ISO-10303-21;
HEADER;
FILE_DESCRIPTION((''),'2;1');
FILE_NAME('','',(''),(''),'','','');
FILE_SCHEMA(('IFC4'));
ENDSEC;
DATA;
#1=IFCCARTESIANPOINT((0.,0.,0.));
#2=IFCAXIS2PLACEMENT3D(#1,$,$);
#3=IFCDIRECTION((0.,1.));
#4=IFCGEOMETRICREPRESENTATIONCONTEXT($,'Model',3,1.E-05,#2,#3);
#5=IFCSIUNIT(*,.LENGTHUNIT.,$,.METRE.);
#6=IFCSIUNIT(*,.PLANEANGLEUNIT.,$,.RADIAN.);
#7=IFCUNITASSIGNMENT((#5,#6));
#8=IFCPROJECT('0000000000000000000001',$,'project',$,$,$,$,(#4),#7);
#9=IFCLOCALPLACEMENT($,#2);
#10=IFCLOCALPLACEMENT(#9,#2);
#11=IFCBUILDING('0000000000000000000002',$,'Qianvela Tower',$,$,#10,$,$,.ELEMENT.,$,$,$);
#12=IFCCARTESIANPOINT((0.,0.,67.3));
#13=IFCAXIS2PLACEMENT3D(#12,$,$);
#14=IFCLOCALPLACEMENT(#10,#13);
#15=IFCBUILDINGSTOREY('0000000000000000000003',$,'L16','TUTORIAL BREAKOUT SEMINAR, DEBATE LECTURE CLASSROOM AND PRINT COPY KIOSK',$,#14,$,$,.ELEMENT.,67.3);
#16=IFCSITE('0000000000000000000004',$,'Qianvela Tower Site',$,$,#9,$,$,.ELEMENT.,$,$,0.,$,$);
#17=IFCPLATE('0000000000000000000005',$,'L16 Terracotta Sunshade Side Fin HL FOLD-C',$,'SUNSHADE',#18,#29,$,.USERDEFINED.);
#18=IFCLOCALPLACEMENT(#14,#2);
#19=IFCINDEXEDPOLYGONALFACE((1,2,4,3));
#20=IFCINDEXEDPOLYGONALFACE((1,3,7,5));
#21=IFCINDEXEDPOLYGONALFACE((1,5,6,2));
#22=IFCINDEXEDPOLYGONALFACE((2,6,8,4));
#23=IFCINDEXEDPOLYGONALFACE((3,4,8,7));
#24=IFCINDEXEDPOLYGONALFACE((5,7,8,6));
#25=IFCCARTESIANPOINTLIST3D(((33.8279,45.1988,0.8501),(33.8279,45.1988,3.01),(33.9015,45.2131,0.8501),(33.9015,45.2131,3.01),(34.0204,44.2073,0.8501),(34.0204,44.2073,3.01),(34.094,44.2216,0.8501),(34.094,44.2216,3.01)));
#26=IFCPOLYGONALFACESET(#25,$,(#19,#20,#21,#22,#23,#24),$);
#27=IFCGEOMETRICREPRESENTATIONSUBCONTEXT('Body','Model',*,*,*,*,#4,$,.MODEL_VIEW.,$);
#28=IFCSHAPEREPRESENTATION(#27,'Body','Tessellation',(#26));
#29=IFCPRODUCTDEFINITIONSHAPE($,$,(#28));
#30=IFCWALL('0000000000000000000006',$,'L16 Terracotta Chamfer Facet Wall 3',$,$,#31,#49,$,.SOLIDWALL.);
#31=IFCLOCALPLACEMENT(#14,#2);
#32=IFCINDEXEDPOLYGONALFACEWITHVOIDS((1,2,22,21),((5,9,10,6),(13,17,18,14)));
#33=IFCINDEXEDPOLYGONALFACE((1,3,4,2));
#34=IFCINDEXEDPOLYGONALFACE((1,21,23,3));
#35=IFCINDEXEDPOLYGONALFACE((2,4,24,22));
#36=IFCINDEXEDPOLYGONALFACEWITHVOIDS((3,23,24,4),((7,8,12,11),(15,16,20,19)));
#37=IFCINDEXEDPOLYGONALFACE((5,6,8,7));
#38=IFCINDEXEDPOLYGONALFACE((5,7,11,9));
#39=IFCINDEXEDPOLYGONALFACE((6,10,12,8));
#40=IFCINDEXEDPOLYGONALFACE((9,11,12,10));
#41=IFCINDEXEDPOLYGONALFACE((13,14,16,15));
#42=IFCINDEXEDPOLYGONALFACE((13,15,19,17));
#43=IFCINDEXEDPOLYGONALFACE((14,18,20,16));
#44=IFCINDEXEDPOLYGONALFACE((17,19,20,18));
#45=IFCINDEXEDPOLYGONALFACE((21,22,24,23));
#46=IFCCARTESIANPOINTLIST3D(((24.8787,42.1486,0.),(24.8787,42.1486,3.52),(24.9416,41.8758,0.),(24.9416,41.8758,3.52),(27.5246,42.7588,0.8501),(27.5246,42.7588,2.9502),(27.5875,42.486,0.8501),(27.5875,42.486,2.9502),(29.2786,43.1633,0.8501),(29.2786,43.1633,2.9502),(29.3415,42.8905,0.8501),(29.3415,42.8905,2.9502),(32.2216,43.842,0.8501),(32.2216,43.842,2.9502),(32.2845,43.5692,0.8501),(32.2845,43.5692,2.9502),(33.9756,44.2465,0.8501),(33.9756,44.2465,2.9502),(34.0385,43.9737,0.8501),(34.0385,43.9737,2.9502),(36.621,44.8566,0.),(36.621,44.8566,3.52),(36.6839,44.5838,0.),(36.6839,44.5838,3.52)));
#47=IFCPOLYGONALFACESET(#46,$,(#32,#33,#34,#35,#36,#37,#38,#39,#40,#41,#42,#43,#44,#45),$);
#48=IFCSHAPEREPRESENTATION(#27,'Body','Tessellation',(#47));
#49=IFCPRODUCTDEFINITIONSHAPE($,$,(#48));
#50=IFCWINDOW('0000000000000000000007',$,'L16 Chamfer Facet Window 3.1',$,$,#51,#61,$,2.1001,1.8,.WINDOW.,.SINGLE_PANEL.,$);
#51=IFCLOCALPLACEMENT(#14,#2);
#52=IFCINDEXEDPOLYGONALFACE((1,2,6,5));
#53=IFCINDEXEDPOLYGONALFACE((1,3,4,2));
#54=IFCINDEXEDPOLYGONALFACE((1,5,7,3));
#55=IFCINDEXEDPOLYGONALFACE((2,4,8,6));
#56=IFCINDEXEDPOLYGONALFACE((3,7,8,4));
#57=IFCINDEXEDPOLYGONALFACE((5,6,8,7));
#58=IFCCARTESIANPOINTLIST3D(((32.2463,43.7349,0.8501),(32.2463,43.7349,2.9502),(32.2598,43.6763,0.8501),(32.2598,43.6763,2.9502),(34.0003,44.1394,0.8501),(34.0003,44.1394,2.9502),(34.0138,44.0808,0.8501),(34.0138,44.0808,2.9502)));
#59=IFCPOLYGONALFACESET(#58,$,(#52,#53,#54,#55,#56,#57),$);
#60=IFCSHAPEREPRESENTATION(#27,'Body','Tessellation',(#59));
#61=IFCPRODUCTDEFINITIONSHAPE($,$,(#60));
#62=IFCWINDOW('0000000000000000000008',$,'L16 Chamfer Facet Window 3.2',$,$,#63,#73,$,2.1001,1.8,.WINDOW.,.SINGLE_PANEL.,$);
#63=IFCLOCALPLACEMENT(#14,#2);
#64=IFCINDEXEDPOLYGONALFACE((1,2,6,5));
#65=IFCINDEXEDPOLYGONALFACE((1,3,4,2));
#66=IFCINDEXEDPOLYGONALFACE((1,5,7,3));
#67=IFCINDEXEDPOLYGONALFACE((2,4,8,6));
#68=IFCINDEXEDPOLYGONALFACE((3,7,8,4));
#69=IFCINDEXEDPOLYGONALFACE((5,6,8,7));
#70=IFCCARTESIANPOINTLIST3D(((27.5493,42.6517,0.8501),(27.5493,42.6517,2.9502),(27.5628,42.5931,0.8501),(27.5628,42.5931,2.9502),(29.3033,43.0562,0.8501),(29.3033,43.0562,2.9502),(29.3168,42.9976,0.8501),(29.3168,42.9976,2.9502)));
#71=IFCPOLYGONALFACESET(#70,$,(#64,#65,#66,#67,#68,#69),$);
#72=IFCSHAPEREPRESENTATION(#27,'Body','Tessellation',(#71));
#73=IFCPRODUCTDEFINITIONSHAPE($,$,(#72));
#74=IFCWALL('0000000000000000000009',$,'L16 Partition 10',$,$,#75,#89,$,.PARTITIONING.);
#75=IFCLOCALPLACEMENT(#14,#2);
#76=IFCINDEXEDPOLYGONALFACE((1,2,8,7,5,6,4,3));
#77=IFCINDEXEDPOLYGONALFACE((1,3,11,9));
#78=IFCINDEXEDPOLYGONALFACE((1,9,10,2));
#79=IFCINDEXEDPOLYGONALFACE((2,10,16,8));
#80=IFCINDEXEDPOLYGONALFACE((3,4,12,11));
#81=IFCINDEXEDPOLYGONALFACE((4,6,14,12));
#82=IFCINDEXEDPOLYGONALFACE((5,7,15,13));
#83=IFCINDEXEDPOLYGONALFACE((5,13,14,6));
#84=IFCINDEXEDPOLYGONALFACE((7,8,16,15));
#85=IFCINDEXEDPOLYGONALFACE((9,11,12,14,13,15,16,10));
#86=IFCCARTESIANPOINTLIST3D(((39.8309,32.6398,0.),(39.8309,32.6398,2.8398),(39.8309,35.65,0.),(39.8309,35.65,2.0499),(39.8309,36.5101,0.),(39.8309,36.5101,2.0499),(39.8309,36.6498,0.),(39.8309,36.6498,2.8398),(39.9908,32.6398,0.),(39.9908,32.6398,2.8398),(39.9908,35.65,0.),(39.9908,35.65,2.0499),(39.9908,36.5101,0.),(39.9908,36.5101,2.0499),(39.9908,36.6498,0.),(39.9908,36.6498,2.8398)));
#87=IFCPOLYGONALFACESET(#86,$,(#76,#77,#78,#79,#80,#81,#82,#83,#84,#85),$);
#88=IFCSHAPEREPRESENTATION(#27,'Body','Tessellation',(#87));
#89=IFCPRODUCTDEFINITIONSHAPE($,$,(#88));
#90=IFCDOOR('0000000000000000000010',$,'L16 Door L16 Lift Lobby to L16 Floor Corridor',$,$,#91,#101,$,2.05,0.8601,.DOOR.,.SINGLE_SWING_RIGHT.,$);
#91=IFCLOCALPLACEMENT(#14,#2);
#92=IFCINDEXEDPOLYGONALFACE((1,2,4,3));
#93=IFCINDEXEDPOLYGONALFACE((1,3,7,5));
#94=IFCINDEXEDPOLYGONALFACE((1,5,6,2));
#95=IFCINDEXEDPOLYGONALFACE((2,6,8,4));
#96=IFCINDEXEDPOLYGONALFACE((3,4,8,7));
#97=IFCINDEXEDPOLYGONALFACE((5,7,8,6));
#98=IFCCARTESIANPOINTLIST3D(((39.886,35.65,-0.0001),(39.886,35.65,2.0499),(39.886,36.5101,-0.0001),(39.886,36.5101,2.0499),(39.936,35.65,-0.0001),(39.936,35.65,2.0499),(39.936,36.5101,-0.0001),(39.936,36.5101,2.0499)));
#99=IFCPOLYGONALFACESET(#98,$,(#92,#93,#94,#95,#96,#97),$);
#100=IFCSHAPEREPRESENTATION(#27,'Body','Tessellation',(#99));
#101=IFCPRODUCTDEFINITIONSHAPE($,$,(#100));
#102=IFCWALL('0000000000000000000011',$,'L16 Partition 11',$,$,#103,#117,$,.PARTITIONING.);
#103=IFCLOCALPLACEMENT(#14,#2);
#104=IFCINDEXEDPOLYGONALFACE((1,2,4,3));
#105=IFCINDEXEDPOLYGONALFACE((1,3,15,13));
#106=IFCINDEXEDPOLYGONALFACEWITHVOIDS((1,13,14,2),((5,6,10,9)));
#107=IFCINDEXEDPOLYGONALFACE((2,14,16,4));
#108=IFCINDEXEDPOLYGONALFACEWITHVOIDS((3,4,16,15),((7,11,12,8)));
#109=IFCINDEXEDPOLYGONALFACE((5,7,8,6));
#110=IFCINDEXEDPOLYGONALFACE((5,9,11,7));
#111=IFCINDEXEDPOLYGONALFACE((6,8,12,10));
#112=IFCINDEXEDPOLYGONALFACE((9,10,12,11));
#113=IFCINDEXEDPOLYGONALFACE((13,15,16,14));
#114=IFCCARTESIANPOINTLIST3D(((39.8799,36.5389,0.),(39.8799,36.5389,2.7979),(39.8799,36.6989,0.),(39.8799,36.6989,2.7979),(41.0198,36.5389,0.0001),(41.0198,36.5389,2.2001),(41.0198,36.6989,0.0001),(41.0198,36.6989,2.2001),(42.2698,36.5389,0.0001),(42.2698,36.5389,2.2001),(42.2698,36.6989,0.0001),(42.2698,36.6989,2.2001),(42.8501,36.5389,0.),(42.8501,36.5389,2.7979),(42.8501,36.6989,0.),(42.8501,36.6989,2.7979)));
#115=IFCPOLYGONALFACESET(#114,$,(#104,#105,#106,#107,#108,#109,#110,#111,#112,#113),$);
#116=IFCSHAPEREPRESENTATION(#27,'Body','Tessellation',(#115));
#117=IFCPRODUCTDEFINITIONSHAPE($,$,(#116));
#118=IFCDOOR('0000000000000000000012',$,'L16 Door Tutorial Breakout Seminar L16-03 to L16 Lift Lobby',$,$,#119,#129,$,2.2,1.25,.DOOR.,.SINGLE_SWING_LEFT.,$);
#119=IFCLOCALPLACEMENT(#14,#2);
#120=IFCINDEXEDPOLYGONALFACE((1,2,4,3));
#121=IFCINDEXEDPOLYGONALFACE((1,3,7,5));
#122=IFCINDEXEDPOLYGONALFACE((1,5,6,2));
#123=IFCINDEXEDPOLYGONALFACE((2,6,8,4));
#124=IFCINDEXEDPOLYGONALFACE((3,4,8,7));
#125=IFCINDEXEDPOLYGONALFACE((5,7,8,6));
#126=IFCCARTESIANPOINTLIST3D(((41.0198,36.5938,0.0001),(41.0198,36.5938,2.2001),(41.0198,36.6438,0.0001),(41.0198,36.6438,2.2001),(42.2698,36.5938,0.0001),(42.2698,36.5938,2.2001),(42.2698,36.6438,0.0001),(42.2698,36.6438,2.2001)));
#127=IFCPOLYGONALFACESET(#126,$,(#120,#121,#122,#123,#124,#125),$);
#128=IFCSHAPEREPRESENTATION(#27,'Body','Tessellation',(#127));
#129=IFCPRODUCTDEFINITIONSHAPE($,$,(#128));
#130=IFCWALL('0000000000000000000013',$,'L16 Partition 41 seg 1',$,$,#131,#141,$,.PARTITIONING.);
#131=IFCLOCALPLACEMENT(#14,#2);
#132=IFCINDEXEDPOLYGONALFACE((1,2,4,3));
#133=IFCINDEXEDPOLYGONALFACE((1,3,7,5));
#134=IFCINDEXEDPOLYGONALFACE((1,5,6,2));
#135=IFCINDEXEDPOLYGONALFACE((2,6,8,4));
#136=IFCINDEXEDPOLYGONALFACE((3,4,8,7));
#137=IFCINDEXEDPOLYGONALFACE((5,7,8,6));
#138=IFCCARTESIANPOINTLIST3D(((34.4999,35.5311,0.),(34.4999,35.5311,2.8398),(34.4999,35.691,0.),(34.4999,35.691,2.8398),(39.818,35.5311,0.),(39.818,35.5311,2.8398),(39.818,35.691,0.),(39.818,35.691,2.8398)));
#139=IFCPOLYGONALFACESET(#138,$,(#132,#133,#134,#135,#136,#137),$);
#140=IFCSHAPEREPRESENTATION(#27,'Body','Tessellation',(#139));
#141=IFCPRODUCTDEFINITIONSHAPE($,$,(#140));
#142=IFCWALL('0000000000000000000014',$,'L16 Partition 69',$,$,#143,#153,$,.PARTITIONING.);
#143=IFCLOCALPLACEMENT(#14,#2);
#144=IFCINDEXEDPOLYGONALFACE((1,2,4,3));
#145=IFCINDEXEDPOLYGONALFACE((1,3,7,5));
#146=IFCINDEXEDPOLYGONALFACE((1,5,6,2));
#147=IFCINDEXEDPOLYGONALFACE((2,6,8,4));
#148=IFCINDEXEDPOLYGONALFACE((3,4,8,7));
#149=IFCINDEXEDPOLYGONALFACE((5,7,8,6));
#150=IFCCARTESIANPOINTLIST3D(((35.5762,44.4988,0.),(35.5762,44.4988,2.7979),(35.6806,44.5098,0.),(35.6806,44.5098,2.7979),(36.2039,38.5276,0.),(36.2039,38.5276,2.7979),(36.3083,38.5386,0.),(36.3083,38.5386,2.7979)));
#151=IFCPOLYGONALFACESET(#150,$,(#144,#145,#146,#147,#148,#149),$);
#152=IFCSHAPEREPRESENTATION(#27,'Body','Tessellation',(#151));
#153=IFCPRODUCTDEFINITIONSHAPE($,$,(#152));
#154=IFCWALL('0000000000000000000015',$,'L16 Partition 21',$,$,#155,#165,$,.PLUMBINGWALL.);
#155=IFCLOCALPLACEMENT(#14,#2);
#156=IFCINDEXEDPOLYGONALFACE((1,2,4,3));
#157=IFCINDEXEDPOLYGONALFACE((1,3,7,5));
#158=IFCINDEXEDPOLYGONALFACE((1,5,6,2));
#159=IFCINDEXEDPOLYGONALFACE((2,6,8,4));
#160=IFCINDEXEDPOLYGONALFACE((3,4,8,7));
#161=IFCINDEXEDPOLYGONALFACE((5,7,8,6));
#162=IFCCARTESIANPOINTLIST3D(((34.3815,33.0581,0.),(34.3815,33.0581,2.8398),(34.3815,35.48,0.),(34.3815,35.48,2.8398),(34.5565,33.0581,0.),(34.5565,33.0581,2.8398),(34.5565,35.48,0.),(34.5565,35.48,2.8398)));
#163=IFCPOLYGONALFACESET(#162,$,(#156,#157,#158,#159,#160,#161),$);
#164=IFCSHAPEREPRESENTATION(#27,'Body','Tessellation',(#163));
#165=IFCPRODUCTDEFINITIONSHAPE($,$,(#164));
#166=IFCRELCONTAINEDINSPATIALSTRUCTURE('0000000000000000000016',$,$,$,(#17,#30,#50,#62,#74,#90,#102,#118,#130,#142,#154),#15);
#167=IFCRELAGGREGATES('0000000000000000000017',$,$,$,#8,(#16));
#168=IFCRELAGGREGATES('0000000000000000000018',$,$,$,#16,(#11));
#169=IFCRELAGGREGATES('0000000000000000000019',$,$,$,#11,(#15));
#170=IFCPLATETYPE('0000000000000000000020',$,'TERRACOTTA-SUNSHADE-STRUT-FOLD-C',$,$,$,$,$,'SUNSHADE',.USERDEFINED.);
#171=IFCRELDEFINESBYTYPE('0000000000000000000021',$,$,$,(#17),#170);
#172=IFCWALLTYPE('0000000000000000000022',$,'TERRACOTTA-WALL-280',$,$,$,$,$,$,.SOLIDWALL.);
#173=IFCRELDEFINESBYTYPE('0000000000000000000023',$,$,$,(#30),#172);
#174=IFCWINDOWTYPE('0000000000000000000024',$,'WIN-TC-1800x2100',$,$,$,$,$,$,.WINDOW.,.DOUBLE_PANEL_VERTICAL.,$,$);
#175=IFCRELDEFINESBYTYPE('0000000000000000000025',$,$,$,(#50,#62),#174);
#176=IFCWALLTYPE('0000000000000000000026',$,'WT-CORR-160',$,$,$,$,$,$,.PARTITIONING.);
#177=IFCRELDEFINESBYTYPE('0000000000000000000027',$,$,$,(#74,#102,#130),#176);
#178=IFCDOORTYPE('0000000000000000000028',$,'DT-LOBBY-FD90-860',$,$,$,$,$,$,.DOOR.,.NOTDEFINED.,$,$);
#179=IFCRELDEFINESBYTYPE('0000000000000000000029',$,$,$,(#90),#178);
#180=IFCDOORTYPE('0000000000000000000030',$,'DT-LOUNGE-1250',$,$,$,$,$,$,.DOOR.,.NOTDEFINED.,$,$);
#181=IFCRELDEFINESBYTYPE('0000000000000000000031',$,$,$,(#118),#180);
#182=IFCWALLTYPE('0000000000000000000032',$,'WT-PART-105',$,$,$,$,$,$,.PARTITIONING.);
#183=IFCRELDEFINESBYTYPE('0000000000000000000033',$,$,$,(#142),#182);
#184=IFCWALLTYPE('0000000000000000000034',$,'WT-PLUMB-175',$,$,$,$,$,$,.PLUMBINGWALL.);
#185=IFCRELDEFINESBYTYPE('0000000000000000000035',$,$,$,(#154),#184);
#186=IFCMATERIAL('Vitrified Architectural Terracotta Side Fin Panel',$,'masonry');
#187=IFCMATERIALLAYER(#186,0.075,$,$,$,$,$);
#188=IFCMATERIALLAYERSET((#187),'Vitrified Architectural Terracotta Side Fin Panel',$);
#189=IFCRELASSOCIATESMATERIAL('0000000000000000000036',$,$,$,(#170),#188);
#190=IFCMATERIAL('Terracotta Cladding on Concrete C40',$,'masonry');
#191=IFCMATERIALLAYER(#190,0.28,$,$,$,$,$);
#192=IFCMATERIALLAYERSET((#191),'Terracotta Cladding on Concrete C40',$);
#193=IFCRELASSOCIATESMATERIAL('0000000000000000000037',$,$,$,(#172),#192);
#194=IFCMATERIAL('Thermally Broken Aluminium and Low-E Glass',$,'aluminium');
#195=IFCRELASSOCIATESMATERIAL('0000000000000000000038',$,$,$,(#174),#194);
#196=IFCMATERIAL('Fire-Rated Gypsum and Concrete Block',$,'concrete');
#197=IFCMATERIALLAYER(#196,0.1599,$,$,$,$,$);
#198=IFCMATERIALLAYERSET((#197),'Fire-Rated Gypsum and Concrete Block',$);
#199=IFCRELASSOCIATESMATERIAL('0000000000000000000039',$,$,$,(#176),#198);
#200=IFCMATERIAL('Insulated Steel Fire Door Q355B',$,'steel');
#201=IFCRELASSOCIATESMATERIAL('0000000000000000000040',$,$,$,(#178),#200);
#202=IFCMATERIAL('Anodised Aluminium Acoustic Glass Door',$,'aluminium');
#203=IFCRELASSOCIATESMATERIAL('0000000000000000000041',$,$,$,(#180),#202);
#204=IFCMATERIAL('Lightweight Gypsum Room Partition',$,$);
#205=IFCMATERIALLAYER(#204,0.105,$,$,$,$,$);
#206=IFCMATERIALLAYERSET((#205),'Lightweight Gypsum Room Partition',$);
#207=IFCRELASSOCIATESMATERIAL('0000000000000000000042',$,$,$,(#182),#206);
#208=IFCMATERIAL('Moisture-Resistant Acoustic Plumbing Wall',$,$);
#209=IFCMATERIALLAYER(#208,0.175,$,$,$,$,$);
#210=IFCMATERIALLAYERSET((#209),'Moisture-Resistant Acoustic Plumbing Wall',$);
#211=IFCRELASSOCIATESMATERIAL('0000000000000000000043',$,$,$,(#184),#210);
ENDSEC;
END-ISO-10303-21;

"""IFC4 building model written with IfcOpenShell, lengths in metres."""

from ifc_helpers import new_model, si_unit, direction, frame, frame_2d, origin, origin_2d, place, context, subcontext, project, spatial, rectangle, extrude, material, layer, layer_set, type_object, element, fill, save


model = new_model("IFC4")

# Units and contexts
model_context = context("Model", 3, precision=1e-05, world=origin(), true_north=direction((0.0, 1.0)))
body_context = subcontext(model_context, "Body", "Model", "MODEL_VIEW")
ifc_project = project(units=[si_unit("LENGTHUNIT", "METRE"), si_unit("PLANEANGLEUNIT", "RADIAN")], contexts=[model_context])

# Site, building, storey
site_placement = place(None, origin())
site = spatial("IfcSite", under=ifc_project, at=site_placement, Name="Qianvela Tower Site", CompositionType="ELEMENT", RefElevation=0.0)
building_placement = place(site_placement, origin())
building = spatial("IfcBuilding", under=site, at=building_placement, Name="Qianvela Tower", CompositionType="ELEMENT")
storey_placement = place(building_placement, frame((0.0, 0.0, 67.3)))
storey = spatial("IfcBuildingStorey", under=building, at=storey_placement, Name="L16", Description="TUTORIAL BREAKOUT SEMINAR, DEBATE LECTURE CLASSROOM AND PRINT COPY KIOSK", CompositionType="ELEMENT", Elevation=67.3)

# Plate
ifc_material_1 = material(Name="Vitrified Architectural Terracotta Side Fin Panel", Category="masonry")
ifc_layer_1 = layer(ifc_material_1, 0.075)
ifc_layer_set_1 = layer_set([ifc_layer_1], Name="Vitrified Architectural Terracotta Side Fin Panel")
plate_type_1 = type_object("IfcPlateType", Name="TERRACOTTA-SUNSHADE-STRUT-FOLD-C", ElementType="SUNSHADE", PredefinedType="USERDEFINED", material=ifc_layer_set_1)
plate_1_placement = place(storey_placement, frame((33.9609, 44.7102, 0.8501), z_axis=(0.0, 0.0, 1.0), x_axis=(-0.981673, -0.190573, 0.0)))
element("IfcPlate", 1, at=plate_1_placement, inside=storey, type_object=plate_type_1, Name="L16 Terracotta Sunshade Side Fin HL FOLD-C", ObjectType="SUNSHADE", PredefinedType="USERDEFINED", context=body_context, shape_type="SweptSolid", body=[
    extrude(rectangle(XDim=0.075, YDim=1.01, at=origin_2d()), origin(), (0.0, 0.0, 1.0), 2.1599),
])

# Wall, openings, windows
ifc_material_2 = material(Name="Terracotta Cladding on Concrete C40", Category="masonry")
ifc_layer_2 = layer(ifc_material_2, 0.28)
ifc_layer_set_2 = layer_set([ifc_layer_2], Name="Terracotta Cladding on Concrete C40")
wall_type_1 = type_object("IfcWallType", Name="TERRACOTTA-WALL-280", PredefinedType="SOLIDWALL", material=ifc_layer_set_2)
wall_1_placement = place(storey_placement, frame((36.6526, 44.7202, 0.0), z_axis=(0.0, 0.0, 1.0), x_axis=(-0.974424, -0.224719, 0.0)))
wall_1 = element("IfcWall", 2, at=wall_1_placement, inside=storey, type_object=wall_type_1, Name="L16 Terracotta Chamfer Facet Wall 3", PredefinedType="SOLIDWALL", context=body_context, shape_type="SweptSolid", body=[
    extrude(rectangle(XDim=12.0505, YDim=0.28, at=frame_2d((6.0254, 0.0))), origin(), (0.0, 0.0, 1.0), 3.52),
])
opening_1_placement = place(wall_1_placement, frame((2.7151, 0.0, 0.8501)))
opening_1 = element("IfcOpeningElement", 3, at=opening_1_placement, cuts=wall_1, PredefinedType="OPENING", context=body_context, shape_type="SweptSolid", body=[
    extrude(rectangle(XDim=1.8, YDim=2.1001, at=frame_2d((0.8999, 1.05))), frame((0.0, 0.1499, 0.0), z_axis=(0.0, -1.0, 0.0), x_axis=(1.0, 0.0, 0.0)), (0.0, 0.0, 1.0), 0.3),
])
opening_2_placement = place(wall_1_placement, frame((7.5354, 0.0, 0.8501)))
opening_2 = element("IfcOpeningElement", 4, at=opening_2_placement, cuts=wall_1, PredefinedType="OPENING", context=body_context, shape_type="SweptSolid", body=[
    extrude(rectangle(XDim=1.8, YDim=2.1001, at=frame_2d((0.8999, 1.05))), frame((0.0, 0.1499, 0.0), z_axis=(0.0, -1.0, 0.0), x_axis=(1.0, 0.0, 0.0)), (0.0, 0.0, 1.0), 0.3),
])
ifc_material_3 = material(Name="Thermally Broken Aluminium and Low-E Glass", Category="aluminium")
window_type = type_object("IfcWindowType", Name="WIN-TC-1800x2100", PartitioningType="DOUBLE_PANEL_VERTICAL", PredefinedType="WINDOW", material=ifc_material_3)
window_1_placement = place(opening_1_placement, origin())
window_1 = element("IfcWindow", 5, at=window_1_placement, inside=storey, type_object=window_type, Name="L16 Chamfer Facet Window 3.1", OverallHeight=2.1001, OverallWidth=1.8, PartitioningType="SINGLE_PANEL", PredefinedType="WINDOW", context=body_context, shape_type="SweptSolid", body=[
    extrude(rectangle(XDim=1.8, YDim=2.1001, at=frame_2d((0.8999, 1.05))), frame((0.0, 0.03, 0.0), z_axis=(0.0, -1.0, 0.0), x_axis=(1.0, 0.0, 0.0)), (0.0, 0.0, 1.0), 0.0601),
])
fill(opening_1, window_1)
window_2_placement = place(opening_2_placement, origin())
window_2 = element("IfcWindow", 6, at=window_2_placement, inside=storey, type_object=window_type, Name="L16 Chamfer Facet Window 3.2", OverallHeight=2.1001, OverallWidth=1.8, PartitioningType="SINGLE_PANEL", PredefinedType="WINDOW", context=body_context, shape_type="SweptSolid", body=[
    extrude(rectangle(XDim=1.8, YDim=2.1001, at=frame_2d((0.8999, 1.05))), frame((0.0, 0.03, 0.0), z_axis=(0.0, -1.0, 0.0), x_axis=(1.0, 0.0, 0.0)), (0.0, 0.0, 1.0), 0.0601),
])
fill(opening_2, window_2)

# Walls, openings, doors
ifc_material_4 = material(Name="Fire-Rated Gypsum and Concrete Block", Category="concrete")
ifc_layer_3 = layer(ifc_material_4, 0.1599)
ifc_layer_set_3 = layer_set([ifc_layer_3], Name="Fire-Rated Gypsum and Concrete Block")
wall_type_2 = type_object("IfcWallType", Name="WT-CORR-160", PredefinedType="PARTITIONING", material=ifc_layer_set_3)
wall_2_placement = place(storey_placement, frame((39.9109, 32.6399, 0.0), z_axis=(0.0, 0.0, 1.0), x_axis=(0.0, 1.0, 0.0)))
wall_2 = element("IfcWall", 7, at=wall_2_placement, inside=storey, type_object=wall_type_2, Name="L16 Partition 10", PredefinedType="PARTITIONING", context=body_context, shape_type="SweptSolid", body=[
    extrude(rectangle(XDim=4.01, YDim=0.1599, at=frame_2d((2.0049, 0.0))), origin(), (0.0, 0.0, 1.0), 2.8398),
])
opening_3_placement = place(wall_2_placement, frame((3.01, 0.0, 0.0)))
opening_3 = element("IfcOpeningElement", 8, at=opening_3_placement, cuts=wall_2, PredefinedType="OPENING", context=body_context, shape_type="SweptSolid", body=[
    extrude(rectangle(XDim=0.8601, YDim=2.05, at=frame_2d((0.4302, 1.0249))), frame((0.0, 0.0898, 0.0), z_axis=(0.0, -1.0, 0.0), x_axis=(1.0, 0.0, 0.0)), (0.0, 0.0, 1.0), 0.1799),
])
ifc_material_5 = material(Name="Insulated Steel Fire Door Q355B", Category="steel")
door_type_1 = type_object("IfcDoorType", Name="DT-LOBBY-FD90-860", OperationType="NOTDEFINED", PredefinedType="DOOR", material=ifc_material_5)
door_1_placement = place(opening_3_placement, origin())
door_1 = element("IfcDoor", 9, at=door_1_placement, inside=storey, type_object=door_type_1, Name="L16 Door L16 Lift Lobby to L16 Floor Corridor", OperationType="SINGLE_SWING_RIGHT", OverallHeight=2.05, OverallWidth=0.8601, PredefinedType="DOOR", context=body_context, shape_type="SweptSolid", body=[
    extrude(rectangle(XDim=0.8601, YDim=2.05, at=frame_2d((0.4302, 1.0249))), frame((0.0, 0.0249, 0.0), z_axis=(0.0, -1.0, 0.0), x_axis=(1.0, 0.0, 0.0)), (0.0, 0.0, 1.0), 0.05),
])
fill(opening_3, door_1)
wall_3_placement = place(storey_placement, frame((39.8799, 36.6189, 0.0), z_axis=(0.0, 0.0, 1.0), x_axis=(1.0, 0.0, 0.0)))
wall_3 = element("IfcWall", 10, at=wall_3_placement, inside=storey, type_object=wall_type_2, Name="L16 Partition 11", PredefinedType="PARTITIONING", context=body_context, shape_type="SweptSolid", body=[
    extrude(rectangle(XDim=2.9702, YDim=0.1599, at=frame_2d((1.4851, 0.0))), origin(), (0.0, 0.0, 1.0), 2.7979),
])
opening_4_placement = place(wall_3_placement, frame((1.1399, 0.0, 0.0)))
opening_4 = element("IfcOpeningElement", 11, at=opening_4_placement, cuts=wall_3, PredefinedType="OPENING", context=body_context, shape_type="SweptSolid", body=[
    extrude(rectangle(XDim=1.25, YDim=2.2, at=frame_2d((0.625, 1.1001))), frame((0.0, 0.0898, 0.0), z_axis=(0.0, -1.0, 0.0), x_axis=(1.0, 0.0, 0.0)), (0.0, 0.0, 1.0), 0.1799),
])
ifc_material_6 = material(Name="Anodised Aluminium Acoustic Glass Door", Category="aluminium")
door_type_2 = type_object("IfcDoorType", Name="DT-LOUNGE-1250", OperationType="NOTDEFINED", PredefinedType="DOOR", material=ifc_material_6)
door_2_placement = place(opening_4_placement, origin())
door_2 = element("IfcDoor", 12, at=door_2_placement, inside=storey, type_object=door_type_2, Name="L16 Door Tutorial Breakout Seminar L16-03 to L16 Lift Lobby", OperationType="SINGLE_SWING_LEFT", OverallHeight=2.2, OverallWidth=1.25, PredefinedType="DOOR", context=body_context, shape_type="SweptSolid", body=[
    extrude(rectangle(XDim=1.25, YDim=2.2, at=frame_2d((0.625, 1.1001))), frame((0.0, 0.0249, 0.0), z_axis=(0.0, -1.0, 0.0), x_axis=(1.0, 0.0, 0.0)), (0.0, 0.0, 1.0), 0.05),
])
fill(opening_4, door_2)

# Walls
wall_4_placement = place(storey_placement, frame((39.8181, 35.6111, 0.0), z_axis=(0.0, 0.0, 1.0), x_axis=(-1.0, 0.0, 0.0)))
element("IfcWall", 13, at=wall_4_placement, inside=storey, type_object=wall_type_2, Name="L16 Partition 41 seg 1", PredefinedType="PARTITIONING", context=body_context, shape_type="SweptSolid", body=[
    extrude(rectangle(XDim=5.3181, YDim=0.1599, at=frame_2d((2.6592, 0.0))), origin(), (0.0, 0.0, 1.0), 2.8398),
])
ifc_material_7 = material(Name="Lightweight Gypsum Room Partition")
ifc_layer_4 = layer(ifc_material_7, 0.105)
ifc_layer_set_4 = layer_set([ifc_layer_4], Name="Lightweight Gypsum Room Partition")
wall_type_3 = type_object("IfcWallType", Name="WT-PART-105", PredefinedType="PARTITIONING", material=ifc_layer_set_4)
wall_5_placement = place(storey_placement, frame((36.2561, 38.5332, 0.0), z_axis=(0.0, 0.0, 1.0), x_axis=(-0.104543, 0.99452, 0.0)))
element("IfcWall", 14, at=wall_5_placement, inside=storey, type_object=wall_type_3, Name="L16 Partition 69", PredefinedType="PARTITIONING", context=body_context, shape_type="SweptSolid", body=[
    extrude(rectangle(XDim=6.0042, YDim=0.105, at=frame_2d((3.002, 0.0))), origin(), (0.0, 0.0, 1.0), 2.7979),
])
ifc_material_8 = material(Name="Moisture-Resistant Acoustic Plumbing Wall")
ifc_layer_5 = layer(ifc_material_8, 0.175)
ifc_layer_set_5 = layer_set([ifc_layer_5], Name="Moisture-Resistant Acoustic Plumbing Wall")
wall_type_4 = type_object("IfcWallType", Name="WT-PLUMB-175", PredefinedType="PLUMBINGWALL", material=ifc_layer_set_5)
wall_6_placement = place(storey_placement, frame((34.469, 35.48, 0.0), z_axis=(0.0, 0.0, 1.0), x_axis=(0.0, -1.0, 0.0)))
element("IfcWall", 15, at=wall_6_placement, inside=storey, type_object=wall_type_4, Name="L16 Partition 21", PredefinedType="PLUMBINGWALL", context=body_context, shape_type="SweptSolid", body=[
    extrude(rectangle(XDim=2.4219, YDim=0.175, at=frame_2d((1.2109, 0.0))), origin(), (0.0, 0.0, 1.0), 2.8398),
])

save(model, "model.ifc")
